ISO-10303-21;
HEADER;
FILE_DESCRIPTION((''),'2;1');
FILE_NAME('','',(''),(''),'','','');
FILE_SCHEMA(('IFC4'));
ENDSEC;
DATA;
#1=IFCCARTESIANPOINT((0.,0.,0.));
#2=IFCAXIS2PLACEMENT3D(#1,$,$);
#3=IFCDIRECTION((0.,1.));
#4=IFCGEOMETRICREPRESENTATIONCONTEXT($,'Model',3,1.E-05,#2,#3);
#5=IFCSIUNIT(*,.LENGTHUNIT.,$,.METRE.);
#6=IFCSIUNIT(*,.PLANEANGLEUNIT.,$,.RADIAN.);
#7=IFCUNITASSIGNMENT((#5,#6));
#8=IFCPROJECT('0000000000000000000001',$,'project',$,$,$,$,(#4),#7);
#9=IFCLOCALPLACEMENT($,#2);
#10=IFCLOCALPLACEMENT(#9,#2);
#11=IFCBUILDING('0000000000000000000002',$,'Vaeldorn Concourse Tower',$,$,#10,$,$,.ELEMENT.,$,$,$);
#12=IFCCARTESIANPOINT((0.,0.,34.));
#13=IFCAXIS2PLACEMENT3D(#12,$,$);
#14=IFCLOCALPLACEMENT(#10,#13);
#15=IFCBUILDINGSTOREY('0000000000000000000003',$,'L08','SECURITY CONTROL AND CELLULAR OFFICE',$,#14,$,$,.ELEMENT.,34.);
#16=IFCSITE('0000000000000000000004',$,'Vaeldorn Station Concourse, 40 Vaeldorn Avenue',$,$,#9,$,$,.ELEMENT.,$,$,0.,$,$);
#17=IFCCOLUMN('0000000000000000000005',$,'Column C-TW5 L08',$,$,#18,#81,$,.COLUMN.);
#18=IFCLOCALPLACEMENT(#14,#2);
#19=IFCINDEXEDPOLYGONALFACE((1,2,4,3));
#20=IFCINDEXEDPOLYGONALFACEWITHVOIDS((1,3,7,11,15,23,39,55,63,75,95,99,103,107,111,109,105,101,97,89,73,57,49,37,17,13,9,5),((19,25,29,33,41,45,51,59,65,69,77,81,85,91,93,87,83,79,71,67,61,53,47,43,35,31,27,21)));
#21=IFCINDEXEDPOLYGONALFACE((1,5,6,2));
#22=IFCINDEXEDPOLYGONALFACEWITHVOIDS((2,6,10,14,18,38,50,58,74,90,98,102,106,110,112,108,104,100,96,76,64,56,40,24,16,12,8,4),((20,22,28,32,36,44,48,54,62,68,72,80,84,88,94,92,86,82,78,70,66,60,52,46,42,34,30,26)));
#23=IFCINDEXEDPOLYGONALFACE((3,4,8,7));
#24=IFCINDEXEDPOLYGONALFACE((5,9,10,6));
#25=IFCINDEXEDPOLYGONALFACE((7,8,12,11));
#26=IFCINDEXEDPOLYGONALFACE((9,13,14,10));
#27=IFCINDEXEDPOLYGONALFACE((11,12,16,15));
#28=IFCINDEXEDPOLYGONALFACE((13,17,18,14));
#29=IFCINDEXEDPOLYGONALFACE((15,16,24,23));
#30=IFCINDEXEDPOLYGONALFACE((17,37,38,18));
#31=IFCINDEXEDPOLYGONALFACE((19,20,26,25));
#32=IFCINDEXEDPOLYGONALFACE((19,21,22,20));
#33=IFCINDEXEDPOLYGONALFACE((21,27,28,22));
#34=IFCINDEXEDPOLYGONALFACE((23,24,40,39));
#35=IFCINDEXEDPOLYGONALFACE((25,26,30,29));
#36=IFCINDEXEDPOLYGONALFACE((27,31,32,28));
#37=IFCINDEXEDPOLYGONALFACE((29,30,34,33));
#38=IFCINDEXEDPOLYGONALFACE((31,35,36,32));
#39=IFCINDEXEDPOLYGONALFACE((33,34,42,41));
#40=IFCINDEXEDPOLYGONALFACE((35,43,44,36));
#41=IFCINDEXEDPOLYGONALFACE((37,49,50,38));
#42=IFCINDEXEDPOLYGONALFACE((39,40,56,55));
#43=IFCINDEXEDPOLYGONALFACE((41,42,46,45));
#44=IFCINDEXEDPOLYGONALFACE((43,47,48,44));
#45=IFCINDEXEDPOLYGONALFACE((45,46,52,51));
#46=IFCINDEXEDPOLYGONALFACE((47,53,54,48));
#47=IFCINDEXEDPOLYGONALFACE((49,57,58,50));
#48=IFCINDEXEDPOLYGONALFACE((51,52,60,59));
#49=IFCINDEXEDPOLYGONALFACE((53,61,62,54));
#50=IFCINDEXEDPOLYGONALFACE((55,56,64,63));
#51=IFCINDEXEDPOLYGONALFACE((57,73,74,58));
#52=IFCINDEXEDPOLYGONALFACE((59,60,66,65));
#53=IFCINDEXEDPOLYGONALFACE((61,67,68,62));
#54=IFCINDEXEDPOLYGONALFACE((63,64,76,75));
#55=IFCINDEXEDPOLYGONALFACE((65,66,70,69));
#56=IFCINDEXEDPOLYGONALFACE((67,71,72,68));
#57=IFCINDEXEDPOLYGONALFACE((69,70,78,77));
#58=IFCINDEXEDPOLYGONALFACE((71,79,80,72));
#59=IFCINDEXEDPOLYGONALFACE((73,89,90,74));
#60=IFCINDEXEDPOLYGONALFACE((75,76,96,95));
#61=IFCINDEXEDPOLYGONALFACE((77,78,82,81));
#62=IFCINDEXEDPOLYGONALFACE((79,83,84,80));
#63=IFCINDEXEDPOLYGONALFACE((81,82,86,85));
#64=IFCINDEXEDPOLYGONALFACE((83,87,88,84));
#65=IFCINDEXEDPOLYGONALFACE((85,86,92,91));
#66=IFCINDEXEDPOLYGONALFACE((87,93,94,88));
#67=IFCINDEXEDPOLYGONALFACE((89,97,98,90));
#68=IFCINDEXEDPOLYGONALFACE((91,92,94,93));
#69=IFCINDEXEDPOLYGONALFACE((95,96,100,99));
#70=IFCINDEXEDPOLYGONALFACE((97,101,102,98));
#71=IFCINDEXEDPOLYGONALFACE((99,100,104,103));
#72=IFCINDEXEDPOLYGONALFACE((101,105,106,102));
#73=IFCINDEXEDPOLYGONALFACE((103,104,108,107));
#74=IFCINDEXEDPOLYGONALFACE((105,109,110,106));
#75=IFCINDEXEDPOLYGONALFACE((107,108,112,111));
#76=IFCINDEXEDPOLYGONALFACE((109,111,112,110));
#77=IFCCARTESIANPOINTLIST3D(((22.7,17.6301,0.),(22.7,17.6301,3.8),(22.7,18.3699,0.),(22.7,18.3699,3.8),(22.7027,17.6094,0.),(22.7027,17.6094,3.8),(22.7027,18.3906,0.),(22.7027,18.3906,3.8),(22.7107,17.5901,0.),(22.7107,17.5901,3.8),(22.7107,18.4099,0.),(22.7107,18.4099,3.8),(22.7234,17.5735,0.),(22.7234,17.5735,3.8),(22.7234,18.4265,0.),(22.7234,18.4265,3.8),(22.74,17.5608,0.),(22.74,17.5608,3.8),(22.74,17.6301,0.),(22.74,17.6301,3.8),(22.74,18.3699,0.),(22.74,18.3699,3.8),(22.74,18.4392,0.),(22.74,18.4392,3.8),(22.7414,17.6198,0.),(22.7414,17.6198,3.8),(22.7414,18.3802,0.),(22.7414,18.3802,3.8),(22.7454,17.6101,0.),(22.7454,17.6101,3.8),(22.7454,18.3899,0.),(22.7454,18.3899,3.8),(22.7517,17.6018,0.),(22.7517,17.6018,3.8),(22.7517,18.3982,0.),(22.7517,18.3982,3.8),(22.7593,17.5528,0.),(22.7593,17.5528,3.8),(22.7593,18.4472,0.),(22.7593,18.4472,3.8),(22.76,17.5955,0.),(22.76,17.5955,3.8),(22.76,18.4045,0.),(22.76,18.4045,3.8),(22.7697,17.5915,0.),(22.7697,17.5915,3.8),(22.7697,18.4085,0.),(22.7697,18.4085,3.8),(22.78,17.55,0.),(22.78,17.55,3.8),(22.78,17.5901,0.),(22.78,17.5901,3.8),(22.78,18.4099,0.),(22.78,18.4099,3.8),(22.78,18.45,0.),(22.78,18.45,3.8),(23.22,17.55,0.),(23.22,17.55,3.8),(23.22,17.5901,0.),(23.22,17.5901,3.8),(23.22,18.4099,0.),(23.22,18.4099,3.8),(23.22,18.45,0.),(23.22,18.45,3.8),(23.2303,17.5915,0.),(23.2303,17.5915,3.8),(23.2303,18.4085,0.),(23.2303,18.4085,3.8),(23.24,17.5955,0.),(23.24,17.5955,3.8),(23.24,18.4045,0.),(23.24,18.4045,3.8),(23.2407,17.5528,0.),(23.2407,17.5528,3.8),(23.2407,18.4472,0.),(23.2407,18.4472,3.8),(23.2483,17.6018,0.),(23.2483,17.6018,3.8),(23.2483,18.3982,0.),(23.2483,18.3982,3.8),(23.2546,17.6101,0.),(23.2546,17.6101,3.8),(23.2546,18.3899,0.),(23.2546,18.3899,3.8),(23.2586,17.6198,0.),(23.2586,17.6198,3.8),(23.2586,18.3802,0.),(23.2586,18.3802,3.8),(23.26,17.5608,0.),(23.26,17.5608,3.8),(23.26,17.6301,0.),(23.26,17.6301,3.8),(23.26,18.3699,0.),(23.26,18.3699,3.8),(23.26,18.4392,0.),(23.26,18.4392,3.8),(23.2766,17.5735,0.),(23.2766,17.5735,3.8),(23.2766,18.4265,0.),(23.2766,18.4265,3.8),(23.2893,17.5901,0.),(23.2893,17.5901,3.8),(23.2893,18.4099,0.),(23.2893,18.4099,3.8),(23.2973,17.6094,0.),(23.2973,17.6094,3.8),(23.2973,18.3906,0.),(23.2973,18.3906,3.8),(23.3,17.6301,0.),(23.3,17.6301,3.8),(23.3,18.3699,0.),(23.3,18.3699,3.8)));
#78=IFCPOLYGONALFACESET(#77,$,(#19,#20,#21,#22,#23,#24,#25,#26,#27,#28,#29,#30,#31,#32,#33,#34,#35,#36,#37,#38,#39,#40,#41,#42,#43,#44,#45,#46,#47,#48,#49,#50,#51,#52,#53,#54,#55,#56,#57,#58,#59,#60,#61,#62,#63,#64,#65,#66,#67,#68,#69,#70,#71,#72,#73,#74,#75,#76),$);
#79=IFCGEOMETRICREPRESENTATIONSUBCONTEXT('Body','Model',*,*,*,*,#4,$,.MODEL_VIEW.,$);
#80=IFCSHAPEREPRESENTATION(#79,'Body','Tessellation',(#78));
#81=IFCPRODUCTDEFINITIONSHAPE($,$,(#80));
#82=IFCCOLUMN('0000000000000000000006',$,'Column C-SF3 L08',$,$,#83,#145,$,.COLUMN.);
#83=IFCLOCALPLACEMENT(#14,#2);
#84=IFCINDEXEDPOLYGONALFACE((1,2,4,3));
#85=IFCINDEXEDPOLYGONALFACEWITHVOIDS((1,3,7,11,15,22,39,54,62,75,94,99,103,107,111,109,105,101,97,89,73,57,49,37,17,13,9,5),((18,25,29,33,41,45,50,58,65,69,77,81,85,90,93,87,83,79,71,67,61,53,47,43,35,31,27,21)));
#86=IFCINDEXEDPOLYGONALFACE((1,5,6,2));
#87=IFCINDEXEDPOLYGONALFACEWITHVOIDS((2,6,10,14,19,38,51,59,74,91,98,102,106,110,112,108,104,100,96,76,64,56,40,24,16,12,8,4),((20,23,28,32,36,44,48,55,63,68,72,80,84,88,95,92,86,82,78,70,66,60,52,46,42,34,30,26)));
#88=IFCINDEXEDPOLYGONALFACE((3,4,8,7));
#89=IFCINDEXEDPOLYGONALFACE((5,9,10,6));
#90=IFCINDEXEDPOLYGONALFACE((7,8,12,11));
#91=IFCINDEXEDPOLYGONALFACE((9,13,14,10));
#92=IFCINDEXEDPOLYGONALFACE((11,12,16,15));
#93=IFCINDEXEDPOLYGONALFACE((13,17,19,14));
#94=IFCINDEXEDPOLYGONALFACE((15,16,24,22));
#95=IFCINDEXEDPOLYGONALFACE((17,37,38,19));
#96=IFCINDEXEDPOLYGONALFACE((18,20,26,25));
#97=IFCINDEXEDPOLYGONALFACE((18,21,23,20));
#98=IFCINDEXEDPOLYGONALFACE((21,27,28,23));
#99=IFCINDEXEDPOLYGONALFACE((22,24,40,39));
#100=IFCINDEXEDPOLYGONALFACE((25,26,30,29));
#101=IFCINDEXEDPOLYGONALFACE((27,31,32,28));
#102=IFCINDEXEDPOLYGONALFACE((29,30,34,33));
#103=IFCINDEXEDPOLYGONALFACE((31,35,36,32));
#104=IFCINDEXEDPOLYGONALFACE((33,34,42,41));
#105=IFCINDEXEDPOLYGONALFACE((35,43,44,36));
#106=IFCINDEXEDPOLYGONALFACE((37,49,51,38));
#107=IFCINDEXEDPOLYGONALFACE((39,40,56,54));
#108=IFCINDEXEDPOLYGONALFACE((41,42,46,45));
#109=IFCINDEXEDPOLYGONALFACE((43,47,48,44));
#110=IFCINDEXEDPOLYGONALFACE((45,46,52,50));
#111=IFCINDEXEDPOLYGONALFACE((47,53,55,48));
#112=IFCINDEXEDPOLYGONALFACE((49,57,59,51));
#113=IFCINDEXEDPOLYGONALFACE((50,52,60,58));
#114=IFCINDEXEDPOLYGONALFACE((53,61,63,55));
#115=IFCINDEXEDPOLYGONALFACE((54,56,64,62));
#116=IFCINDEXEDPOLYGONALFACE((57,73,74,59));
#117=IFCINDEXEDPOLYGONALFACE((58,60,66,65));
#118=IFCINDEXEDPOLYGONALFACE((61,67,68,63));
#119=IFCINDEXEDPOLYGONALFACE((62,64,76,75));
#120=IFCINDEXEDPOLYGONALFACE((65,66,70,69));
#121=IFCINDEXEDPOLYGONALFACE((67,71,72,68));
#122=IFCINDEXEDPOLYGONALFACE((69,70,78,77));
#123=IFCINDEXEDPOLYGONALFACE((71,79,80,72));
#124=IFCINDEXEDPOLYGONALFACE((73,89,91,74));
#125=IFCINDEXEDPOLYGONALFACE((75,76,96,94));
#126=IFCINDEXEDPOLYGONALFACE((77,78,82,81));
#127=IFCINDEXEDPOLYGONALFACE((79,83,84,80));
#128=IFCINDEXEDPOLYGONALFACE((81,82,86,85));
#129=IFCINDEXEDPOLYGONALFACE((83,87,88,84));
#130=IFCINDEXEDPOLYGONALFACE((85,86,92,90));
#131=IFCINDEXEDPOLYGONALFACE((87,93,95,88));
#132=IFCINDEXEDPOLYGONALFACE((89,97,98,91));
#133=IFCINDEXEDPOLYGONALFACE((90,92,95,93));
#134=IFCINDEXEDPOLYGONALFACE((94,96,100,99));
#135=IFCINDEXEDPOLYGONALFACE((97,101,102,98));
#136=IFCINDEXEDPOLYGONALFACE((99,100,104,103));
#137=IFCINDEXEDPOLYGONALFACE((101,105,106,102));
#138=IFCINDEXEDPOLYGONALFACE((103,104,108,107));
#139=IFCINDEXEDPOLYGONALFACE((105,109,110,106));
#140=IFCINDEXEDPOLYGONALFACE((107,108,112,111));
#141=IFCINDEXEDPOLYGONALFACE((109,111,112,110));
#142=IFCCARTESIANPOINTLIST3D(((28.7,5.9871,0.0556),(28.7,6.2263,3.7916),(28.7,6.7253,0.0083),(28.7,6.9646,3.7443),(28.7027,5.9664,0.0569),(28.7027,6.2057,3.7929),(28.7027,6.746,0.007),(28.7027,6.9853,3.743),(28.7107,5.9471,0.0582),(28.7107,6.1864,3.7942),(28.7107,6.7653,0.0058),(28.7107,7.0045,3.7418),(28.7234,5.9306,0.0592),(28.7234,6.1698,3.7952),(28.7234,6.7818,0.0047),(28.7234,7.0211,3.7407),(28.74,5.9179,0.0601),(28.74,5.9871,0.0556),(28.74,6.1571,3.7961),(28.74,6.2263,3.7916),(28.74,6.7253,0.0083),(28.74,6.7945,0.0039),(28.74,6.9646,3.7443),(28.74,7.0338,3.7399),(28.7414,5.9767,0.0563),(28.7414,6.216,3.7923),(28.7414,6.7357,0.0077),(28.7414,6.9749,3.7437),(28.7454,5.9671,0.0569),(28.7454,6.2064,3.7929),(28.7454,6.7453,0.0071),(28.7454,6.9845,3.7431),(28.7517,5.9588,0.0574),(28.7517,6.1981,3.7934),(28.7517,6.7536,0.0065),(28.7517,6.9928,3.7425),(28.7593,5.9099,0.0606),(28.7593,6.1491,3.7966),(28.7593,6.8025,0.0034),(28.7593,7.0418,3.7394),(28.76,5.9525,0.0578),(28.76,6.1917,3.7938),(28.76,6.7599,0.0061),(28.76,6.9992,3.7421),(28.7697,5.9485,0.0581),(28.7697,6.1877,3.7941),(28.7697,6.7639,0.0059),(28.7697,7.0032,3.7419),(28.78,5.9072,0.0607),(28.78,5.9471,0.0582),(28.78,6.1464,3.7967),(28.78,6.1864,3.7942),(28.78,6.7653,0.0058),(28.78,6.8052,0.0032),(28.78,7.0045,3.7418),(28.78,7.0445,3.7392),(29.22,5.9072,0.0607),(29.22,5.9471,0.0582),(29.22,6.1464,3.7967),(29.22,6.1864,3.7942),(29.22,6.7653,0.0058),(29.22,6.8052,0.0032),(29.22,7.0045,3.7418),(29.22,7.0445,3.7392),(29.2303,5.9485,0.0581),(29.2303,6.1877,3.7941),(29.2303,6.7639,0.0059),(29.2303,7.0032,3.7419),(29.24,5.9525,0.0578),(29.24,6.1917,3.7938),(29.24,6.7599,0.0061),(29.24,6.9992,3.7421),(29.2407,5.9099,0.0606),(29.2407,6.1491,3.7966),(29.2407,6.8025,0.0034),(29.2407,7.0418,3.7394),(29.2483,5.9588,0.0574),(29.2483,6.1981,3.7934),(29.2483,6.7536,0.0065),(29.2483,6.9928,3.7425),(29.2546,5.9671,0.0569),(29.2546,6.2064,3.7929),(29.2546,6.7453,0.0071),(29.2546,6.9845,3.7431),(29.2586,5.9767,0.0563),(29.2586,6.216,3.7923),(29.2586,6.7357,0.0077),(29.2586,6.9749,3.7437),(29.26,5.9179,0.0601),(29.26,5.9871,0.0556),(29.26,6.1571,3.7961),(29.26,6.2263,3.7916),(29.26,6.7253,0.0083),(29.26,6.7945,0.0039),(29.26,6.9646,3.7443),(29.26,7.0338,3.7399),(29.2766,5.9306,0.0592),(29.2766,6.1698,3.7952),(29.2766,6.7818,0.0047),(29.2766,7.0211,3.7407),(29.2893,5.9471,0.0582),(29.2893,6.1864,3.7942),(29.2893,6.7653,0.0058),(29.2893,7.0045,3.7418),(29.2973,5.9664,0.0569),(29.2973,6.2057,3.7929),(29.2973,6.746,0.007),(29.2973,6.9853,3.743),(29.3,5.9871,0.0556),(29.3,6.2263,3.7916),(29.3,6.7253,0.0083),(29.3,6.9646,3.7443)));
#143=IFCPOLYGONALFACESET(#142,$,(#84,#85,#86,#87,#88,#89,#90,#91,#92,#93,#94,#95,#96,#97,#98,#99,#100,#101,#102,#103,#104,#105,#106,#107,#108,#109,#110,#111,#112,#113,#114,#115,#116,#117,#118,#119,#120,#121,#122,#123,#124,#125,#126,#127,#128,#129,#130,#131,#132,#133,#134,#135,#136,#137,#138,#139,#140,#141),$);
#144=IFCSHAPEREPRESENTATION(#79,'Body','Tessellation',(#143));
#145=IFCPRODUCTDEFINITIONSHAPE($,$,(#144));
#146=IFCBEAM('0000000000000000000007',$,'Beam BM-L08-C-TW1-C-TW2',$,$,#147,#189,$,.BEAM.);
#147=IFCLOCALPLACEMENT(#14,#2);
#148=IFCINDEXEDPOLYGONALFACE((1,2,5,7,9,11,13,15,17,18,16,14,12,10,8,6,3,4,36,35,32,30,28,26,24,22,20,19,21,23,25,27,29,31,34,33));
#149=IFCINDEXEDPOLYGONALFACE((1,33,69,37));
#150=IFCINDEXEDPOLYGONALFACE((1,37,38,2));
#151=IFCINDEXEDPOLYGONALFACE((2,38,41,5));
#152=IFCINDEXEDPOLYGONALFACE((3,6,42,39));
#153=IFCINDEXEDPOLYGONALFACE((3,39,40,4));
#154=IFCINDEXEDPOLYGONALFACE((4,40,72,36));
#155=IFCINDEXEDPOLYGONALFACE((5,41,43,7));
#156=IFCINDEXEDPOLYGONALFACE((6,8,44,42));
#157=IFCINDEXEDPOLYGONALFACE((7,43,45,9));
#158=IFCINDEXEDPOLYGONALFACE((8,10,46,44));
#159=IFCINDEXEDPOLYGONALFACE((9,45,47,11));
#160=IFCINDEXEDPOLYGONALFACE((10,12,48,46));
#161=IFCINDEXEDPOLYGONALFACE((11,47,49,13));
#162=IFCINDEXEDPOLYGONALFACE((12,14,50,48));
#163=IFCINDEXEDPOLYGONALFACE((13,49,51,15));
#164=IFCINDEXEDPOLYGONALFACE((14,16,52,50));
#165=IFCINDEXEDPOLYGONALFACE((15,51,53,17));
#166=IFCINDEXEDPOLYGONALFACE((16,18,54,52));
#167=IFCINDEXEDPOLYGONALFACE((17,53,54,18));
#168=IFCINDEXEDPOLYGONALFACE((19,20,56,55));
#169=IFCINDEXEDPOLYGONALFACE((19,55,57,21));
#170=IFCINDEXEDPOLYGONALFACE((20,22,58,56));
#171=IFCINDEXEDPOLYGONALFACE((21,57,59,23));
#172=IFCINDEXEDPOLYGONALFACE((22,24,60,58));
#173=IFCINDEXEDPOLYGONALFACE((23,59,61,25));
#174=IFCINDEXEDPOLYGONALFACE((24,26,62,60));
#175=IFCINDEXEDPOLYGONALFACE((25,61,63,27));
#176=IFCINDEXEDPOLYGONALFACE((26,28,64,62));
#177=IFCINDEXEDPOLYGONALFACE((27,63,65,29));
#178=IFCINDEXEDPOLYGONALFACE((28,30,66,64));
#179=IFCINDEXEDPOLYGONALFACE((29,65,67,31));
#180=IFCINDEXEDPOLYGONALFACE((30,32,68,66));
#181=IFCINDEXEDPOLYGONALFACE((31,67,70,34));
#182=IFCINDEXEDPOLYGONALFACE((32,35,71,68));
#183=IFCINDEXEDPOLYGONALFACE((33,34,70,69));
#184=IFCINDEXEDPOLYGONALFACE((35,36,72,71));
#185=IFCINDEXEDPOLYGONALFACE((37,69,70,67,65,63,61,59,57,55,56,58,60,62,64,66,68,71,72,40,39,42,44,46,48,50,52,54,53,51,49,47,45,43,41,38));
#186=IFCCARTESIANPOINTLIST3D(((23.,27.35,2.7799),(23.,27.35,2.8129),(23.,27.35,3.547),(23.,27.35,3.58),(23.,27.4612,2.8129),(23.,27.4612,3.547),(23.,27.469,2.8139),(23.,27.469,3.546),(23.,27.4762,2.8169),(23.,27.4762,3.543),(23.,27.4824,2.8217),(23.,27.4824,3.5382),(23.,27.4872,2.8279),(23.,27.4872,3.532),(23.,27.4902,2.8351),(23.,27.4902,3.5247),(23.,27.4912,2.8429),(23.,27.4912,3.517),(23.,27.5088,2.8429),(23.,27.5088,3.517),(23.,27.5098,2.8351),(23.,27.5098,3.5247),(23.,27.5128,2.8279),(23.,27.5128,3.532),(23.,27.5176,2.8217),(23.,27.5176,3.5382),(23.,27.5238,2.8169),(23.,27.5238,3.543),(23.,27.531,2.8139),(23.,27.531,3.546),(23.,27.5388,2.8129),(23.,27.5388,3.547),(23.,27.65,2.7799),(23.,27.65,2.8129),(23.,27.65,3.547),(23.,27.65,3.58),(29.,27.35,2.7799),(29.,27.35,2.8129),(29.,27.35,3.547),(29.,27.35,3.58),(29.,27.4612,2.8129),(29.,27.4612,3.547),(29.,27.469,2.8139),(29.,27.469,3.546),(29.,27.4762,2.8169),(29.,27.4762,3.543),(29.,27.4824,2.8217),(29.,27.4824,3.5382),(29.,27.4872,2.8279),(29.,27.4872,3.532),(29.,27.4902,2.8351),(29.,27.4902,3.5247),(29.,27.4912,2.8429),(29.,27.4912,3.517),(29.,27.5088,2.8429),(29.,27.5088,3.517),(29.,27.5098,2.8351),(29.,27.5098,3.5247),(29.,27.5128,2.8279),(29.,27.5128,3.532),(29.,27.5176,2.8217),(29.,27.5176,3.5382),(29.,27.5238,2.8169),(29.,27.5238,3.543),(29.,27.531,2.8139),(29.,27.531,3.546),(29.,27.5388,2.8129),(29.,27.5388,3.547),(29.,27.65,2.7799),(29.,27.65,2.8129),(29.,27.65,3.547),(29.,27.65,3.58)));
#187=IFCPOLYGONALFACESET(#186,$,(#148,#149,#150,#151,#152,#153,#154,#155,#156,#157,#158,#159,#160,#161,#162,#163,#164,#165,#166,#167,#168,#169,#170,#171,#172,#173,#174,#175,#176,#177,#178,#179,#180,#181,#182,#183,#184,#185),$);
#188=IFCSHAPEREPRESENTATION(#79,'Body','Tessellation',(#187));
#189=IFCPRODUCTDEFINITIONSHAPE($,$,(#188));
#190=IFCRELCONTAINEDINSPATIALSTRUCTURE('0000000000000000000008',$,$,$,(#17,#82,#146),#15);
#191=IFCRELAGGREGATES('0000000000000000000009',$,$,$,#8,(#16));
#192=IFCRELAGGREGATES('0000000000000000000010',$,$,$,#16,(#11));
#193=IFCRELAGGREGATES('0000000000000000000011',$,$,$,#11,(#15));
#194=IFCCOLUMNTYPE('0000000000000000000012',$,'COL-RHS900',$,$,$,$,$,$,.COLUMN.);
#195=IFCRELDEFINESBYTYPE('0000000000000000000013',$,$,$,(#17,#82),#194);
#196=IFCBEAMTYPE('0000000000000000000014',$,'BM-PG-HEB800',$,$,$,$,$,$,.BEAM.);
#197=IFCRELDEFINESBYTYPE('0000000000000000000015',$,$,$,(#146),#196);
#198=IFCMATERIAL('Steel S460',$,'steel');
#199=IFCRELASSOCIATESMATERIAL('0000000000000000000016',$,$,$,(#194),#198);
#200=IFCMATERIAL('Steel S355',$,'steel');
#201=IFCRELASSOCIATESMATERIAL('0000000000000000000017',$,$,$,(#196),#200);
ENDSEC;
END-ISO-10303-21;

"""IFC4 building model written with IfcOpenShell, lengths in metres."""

from ifc_helpers import new_model, si_unit, direction, frame, origin, origin_2d, place, context, subcontext, project, spatial, hollow_rectangle, i_section, extrude, source, transform, mapped, material, material_profile, profile_set, type_object, element, save


model = new_model("IFC4")

# Units and contexts
model_context = context("Model", 3, precision=1e-05, world=origin(), true_north=direction((0.0, 1.0)))
body_context = subcontext(model_context, "Body", "Model", "MODEL_VIEW")
ifc_project = project(units=[si_unit("LENGTHUNIT", "METRE"), si_unit("PLANEANGLEUNIT", "RADIAN")], contexts=[model_context])

# Site, building, storey
site_placement = place(None, origin())
site = spatial("IfcSite", under=ifc_project, at=site_placement, Name="Vaeldorn Station Concourse, 40 Vaeldorn Avenue", CompositionType="ELEMENT", RefElevation=0.0)
building_placement = place(site_placement, origin())
building = spatial("IfcBuilding", under=site, at=building_placement, Name="Vaeldorn Concourse Tower", CompositionType="ELEMENT")
storey_placement = place(building_placement, frame((0.0, 0.0, 34.0)))
storey = spatial("IfcBuildingStorey", under=building, at=storey_placement, Name="L08", Description="SECURITY CONTROL AND CELLULAR OFFICE", CompositionType="ELEMENT", Elevation=34.0)

# Columns
ifc_material_1 = material(Name="Steel S460", Category="steel")
ifc_material_profile_1 = material_profile(ifc_material_1, hollow_rectangle(XDim=0.6001, YDim=0.8999, WallThickness=0.04, InnerFilletRadius=0.04, OuterFilletRadius=0.0801, at=origin_2d()), Name="RHS 900x600x40")
ifc_profile_set_1 = profile_set([ifc_material_profile_1], Name="Steel S460")
column_type_1 = type_object("IfcColumnType", Name="COL-RHS900", PredefinedType="COLUMN", material=ifc_profile_set_1)
shared_shape_1 = source(origin(), body_context, "Body", "SweptSolid", [
    extrude(hollow_rectangle(XDim=0.6001, YDim=0.8999, WallThickness=0.04, InnerFilletRadius=0.04, OuterFilletRadius=0.0801, at=origin_2d()), origin(), (0.0, 0.0, 1.0), 3.8),
])
for number, where, z_axis, x_axis, name in (
    (1, (23.0, 18.0, 0.0), (0.0, 0.0, 1.0), (1.0, 0.0, 0.0), "Column C-TW5 L08"),
):
    element("IfcColumn", number, at=place(storey_placement, frame(where, z_axis=z_axis, x_axis=x_axis)), inside=storey, type_object=column_type_1, Name=name, PredefinedType="COLUMN", context=body_context, shape_type="MappedRepresentation", body=[
        mapped(shared_shape_1, transform((0.0, 0.0, 0.0), scale=1.0)),
    ])
shared_shape_2 = source(origin(), body_context, "Body", "SweptSolid", [
    extrude(hollow_rectangle(XDim=0.6001, YDim=0.8999, WallThickness=0.04, InnerFilletRadius=0.04, OuterFilletRadius=0.0801, at=origin_2d()), origin(), (0.0, 0.0, 1.0), 3.7437),
])
column_1_placement = place(storey_placement, frame((29.0, 6.3562, 0.032), z_axis=(0.0, 0.063909, 0.997956), x_axis=(-1.0, 0.0, 0.0)))
element("IfcColumn", 2, at=column_1_placement, inside=storey, type_object=column_type_1, Name="Column C-SF3 L08", PredefinedType="COLUMN", context=body_context, shape_type="MappedRepresentation", body=[
    mapped(shared_shape_2, transform((0.0, 0.0, 0.0), scale=1.0)),
])

# Beam
ifc_material_2 = material(Name="Steel S355", Category="steel")
ifc_material_profile_2 = material_profile(ifc_material_2, i_section(OverallWidth=0.3, OverallDepth=0.8, WebThickness=0.0176, FlangeThickness=0.033, FilletRadius=0.03, at=origin_2d()), Name="HEB 800")
ifc_profile_set_2 = profile_set([ifc_material_profile_2], Name="Steel S355")
beam_type_1 = type_object("IfcBeamType", Name="BM-PG-HEB800", PredefinedType="BEAM", material=ifc_profile_set_2)
shared_shape_3 = source(origin(), body_context, "Body", "SweptSolid", [
    extrude(i_section(OverallWidth=0.3, OverallDepth=0.8, WebThickness=0.0176, FlangeThickness=0.033, FilletRadius=0.03, at=origin_2d()), origin(), (0.0, 0.0, 1.0), 6.0),
])
beam_1_placement = place(storey_placement, frame((23.0, 27.5, 3.1799), z_axis=(1.0, 0.0, 0.0), x_axis=(0.0, 1.0, 0.0)))
element("IfcBeam", 3, at=beam_1_placement, inside=storey, type_object=beam_type_1, Name="Beam BM-L08-C-TW1-C-TW2", PredefinedType="BEAM", context=body_context, shape_type="MappedRepresentation", body=[
    mapped(shared_shape_3, transform((0.0, 0.0, 0.0), scale=1.0)),
])

save(model, "model.ifc")
